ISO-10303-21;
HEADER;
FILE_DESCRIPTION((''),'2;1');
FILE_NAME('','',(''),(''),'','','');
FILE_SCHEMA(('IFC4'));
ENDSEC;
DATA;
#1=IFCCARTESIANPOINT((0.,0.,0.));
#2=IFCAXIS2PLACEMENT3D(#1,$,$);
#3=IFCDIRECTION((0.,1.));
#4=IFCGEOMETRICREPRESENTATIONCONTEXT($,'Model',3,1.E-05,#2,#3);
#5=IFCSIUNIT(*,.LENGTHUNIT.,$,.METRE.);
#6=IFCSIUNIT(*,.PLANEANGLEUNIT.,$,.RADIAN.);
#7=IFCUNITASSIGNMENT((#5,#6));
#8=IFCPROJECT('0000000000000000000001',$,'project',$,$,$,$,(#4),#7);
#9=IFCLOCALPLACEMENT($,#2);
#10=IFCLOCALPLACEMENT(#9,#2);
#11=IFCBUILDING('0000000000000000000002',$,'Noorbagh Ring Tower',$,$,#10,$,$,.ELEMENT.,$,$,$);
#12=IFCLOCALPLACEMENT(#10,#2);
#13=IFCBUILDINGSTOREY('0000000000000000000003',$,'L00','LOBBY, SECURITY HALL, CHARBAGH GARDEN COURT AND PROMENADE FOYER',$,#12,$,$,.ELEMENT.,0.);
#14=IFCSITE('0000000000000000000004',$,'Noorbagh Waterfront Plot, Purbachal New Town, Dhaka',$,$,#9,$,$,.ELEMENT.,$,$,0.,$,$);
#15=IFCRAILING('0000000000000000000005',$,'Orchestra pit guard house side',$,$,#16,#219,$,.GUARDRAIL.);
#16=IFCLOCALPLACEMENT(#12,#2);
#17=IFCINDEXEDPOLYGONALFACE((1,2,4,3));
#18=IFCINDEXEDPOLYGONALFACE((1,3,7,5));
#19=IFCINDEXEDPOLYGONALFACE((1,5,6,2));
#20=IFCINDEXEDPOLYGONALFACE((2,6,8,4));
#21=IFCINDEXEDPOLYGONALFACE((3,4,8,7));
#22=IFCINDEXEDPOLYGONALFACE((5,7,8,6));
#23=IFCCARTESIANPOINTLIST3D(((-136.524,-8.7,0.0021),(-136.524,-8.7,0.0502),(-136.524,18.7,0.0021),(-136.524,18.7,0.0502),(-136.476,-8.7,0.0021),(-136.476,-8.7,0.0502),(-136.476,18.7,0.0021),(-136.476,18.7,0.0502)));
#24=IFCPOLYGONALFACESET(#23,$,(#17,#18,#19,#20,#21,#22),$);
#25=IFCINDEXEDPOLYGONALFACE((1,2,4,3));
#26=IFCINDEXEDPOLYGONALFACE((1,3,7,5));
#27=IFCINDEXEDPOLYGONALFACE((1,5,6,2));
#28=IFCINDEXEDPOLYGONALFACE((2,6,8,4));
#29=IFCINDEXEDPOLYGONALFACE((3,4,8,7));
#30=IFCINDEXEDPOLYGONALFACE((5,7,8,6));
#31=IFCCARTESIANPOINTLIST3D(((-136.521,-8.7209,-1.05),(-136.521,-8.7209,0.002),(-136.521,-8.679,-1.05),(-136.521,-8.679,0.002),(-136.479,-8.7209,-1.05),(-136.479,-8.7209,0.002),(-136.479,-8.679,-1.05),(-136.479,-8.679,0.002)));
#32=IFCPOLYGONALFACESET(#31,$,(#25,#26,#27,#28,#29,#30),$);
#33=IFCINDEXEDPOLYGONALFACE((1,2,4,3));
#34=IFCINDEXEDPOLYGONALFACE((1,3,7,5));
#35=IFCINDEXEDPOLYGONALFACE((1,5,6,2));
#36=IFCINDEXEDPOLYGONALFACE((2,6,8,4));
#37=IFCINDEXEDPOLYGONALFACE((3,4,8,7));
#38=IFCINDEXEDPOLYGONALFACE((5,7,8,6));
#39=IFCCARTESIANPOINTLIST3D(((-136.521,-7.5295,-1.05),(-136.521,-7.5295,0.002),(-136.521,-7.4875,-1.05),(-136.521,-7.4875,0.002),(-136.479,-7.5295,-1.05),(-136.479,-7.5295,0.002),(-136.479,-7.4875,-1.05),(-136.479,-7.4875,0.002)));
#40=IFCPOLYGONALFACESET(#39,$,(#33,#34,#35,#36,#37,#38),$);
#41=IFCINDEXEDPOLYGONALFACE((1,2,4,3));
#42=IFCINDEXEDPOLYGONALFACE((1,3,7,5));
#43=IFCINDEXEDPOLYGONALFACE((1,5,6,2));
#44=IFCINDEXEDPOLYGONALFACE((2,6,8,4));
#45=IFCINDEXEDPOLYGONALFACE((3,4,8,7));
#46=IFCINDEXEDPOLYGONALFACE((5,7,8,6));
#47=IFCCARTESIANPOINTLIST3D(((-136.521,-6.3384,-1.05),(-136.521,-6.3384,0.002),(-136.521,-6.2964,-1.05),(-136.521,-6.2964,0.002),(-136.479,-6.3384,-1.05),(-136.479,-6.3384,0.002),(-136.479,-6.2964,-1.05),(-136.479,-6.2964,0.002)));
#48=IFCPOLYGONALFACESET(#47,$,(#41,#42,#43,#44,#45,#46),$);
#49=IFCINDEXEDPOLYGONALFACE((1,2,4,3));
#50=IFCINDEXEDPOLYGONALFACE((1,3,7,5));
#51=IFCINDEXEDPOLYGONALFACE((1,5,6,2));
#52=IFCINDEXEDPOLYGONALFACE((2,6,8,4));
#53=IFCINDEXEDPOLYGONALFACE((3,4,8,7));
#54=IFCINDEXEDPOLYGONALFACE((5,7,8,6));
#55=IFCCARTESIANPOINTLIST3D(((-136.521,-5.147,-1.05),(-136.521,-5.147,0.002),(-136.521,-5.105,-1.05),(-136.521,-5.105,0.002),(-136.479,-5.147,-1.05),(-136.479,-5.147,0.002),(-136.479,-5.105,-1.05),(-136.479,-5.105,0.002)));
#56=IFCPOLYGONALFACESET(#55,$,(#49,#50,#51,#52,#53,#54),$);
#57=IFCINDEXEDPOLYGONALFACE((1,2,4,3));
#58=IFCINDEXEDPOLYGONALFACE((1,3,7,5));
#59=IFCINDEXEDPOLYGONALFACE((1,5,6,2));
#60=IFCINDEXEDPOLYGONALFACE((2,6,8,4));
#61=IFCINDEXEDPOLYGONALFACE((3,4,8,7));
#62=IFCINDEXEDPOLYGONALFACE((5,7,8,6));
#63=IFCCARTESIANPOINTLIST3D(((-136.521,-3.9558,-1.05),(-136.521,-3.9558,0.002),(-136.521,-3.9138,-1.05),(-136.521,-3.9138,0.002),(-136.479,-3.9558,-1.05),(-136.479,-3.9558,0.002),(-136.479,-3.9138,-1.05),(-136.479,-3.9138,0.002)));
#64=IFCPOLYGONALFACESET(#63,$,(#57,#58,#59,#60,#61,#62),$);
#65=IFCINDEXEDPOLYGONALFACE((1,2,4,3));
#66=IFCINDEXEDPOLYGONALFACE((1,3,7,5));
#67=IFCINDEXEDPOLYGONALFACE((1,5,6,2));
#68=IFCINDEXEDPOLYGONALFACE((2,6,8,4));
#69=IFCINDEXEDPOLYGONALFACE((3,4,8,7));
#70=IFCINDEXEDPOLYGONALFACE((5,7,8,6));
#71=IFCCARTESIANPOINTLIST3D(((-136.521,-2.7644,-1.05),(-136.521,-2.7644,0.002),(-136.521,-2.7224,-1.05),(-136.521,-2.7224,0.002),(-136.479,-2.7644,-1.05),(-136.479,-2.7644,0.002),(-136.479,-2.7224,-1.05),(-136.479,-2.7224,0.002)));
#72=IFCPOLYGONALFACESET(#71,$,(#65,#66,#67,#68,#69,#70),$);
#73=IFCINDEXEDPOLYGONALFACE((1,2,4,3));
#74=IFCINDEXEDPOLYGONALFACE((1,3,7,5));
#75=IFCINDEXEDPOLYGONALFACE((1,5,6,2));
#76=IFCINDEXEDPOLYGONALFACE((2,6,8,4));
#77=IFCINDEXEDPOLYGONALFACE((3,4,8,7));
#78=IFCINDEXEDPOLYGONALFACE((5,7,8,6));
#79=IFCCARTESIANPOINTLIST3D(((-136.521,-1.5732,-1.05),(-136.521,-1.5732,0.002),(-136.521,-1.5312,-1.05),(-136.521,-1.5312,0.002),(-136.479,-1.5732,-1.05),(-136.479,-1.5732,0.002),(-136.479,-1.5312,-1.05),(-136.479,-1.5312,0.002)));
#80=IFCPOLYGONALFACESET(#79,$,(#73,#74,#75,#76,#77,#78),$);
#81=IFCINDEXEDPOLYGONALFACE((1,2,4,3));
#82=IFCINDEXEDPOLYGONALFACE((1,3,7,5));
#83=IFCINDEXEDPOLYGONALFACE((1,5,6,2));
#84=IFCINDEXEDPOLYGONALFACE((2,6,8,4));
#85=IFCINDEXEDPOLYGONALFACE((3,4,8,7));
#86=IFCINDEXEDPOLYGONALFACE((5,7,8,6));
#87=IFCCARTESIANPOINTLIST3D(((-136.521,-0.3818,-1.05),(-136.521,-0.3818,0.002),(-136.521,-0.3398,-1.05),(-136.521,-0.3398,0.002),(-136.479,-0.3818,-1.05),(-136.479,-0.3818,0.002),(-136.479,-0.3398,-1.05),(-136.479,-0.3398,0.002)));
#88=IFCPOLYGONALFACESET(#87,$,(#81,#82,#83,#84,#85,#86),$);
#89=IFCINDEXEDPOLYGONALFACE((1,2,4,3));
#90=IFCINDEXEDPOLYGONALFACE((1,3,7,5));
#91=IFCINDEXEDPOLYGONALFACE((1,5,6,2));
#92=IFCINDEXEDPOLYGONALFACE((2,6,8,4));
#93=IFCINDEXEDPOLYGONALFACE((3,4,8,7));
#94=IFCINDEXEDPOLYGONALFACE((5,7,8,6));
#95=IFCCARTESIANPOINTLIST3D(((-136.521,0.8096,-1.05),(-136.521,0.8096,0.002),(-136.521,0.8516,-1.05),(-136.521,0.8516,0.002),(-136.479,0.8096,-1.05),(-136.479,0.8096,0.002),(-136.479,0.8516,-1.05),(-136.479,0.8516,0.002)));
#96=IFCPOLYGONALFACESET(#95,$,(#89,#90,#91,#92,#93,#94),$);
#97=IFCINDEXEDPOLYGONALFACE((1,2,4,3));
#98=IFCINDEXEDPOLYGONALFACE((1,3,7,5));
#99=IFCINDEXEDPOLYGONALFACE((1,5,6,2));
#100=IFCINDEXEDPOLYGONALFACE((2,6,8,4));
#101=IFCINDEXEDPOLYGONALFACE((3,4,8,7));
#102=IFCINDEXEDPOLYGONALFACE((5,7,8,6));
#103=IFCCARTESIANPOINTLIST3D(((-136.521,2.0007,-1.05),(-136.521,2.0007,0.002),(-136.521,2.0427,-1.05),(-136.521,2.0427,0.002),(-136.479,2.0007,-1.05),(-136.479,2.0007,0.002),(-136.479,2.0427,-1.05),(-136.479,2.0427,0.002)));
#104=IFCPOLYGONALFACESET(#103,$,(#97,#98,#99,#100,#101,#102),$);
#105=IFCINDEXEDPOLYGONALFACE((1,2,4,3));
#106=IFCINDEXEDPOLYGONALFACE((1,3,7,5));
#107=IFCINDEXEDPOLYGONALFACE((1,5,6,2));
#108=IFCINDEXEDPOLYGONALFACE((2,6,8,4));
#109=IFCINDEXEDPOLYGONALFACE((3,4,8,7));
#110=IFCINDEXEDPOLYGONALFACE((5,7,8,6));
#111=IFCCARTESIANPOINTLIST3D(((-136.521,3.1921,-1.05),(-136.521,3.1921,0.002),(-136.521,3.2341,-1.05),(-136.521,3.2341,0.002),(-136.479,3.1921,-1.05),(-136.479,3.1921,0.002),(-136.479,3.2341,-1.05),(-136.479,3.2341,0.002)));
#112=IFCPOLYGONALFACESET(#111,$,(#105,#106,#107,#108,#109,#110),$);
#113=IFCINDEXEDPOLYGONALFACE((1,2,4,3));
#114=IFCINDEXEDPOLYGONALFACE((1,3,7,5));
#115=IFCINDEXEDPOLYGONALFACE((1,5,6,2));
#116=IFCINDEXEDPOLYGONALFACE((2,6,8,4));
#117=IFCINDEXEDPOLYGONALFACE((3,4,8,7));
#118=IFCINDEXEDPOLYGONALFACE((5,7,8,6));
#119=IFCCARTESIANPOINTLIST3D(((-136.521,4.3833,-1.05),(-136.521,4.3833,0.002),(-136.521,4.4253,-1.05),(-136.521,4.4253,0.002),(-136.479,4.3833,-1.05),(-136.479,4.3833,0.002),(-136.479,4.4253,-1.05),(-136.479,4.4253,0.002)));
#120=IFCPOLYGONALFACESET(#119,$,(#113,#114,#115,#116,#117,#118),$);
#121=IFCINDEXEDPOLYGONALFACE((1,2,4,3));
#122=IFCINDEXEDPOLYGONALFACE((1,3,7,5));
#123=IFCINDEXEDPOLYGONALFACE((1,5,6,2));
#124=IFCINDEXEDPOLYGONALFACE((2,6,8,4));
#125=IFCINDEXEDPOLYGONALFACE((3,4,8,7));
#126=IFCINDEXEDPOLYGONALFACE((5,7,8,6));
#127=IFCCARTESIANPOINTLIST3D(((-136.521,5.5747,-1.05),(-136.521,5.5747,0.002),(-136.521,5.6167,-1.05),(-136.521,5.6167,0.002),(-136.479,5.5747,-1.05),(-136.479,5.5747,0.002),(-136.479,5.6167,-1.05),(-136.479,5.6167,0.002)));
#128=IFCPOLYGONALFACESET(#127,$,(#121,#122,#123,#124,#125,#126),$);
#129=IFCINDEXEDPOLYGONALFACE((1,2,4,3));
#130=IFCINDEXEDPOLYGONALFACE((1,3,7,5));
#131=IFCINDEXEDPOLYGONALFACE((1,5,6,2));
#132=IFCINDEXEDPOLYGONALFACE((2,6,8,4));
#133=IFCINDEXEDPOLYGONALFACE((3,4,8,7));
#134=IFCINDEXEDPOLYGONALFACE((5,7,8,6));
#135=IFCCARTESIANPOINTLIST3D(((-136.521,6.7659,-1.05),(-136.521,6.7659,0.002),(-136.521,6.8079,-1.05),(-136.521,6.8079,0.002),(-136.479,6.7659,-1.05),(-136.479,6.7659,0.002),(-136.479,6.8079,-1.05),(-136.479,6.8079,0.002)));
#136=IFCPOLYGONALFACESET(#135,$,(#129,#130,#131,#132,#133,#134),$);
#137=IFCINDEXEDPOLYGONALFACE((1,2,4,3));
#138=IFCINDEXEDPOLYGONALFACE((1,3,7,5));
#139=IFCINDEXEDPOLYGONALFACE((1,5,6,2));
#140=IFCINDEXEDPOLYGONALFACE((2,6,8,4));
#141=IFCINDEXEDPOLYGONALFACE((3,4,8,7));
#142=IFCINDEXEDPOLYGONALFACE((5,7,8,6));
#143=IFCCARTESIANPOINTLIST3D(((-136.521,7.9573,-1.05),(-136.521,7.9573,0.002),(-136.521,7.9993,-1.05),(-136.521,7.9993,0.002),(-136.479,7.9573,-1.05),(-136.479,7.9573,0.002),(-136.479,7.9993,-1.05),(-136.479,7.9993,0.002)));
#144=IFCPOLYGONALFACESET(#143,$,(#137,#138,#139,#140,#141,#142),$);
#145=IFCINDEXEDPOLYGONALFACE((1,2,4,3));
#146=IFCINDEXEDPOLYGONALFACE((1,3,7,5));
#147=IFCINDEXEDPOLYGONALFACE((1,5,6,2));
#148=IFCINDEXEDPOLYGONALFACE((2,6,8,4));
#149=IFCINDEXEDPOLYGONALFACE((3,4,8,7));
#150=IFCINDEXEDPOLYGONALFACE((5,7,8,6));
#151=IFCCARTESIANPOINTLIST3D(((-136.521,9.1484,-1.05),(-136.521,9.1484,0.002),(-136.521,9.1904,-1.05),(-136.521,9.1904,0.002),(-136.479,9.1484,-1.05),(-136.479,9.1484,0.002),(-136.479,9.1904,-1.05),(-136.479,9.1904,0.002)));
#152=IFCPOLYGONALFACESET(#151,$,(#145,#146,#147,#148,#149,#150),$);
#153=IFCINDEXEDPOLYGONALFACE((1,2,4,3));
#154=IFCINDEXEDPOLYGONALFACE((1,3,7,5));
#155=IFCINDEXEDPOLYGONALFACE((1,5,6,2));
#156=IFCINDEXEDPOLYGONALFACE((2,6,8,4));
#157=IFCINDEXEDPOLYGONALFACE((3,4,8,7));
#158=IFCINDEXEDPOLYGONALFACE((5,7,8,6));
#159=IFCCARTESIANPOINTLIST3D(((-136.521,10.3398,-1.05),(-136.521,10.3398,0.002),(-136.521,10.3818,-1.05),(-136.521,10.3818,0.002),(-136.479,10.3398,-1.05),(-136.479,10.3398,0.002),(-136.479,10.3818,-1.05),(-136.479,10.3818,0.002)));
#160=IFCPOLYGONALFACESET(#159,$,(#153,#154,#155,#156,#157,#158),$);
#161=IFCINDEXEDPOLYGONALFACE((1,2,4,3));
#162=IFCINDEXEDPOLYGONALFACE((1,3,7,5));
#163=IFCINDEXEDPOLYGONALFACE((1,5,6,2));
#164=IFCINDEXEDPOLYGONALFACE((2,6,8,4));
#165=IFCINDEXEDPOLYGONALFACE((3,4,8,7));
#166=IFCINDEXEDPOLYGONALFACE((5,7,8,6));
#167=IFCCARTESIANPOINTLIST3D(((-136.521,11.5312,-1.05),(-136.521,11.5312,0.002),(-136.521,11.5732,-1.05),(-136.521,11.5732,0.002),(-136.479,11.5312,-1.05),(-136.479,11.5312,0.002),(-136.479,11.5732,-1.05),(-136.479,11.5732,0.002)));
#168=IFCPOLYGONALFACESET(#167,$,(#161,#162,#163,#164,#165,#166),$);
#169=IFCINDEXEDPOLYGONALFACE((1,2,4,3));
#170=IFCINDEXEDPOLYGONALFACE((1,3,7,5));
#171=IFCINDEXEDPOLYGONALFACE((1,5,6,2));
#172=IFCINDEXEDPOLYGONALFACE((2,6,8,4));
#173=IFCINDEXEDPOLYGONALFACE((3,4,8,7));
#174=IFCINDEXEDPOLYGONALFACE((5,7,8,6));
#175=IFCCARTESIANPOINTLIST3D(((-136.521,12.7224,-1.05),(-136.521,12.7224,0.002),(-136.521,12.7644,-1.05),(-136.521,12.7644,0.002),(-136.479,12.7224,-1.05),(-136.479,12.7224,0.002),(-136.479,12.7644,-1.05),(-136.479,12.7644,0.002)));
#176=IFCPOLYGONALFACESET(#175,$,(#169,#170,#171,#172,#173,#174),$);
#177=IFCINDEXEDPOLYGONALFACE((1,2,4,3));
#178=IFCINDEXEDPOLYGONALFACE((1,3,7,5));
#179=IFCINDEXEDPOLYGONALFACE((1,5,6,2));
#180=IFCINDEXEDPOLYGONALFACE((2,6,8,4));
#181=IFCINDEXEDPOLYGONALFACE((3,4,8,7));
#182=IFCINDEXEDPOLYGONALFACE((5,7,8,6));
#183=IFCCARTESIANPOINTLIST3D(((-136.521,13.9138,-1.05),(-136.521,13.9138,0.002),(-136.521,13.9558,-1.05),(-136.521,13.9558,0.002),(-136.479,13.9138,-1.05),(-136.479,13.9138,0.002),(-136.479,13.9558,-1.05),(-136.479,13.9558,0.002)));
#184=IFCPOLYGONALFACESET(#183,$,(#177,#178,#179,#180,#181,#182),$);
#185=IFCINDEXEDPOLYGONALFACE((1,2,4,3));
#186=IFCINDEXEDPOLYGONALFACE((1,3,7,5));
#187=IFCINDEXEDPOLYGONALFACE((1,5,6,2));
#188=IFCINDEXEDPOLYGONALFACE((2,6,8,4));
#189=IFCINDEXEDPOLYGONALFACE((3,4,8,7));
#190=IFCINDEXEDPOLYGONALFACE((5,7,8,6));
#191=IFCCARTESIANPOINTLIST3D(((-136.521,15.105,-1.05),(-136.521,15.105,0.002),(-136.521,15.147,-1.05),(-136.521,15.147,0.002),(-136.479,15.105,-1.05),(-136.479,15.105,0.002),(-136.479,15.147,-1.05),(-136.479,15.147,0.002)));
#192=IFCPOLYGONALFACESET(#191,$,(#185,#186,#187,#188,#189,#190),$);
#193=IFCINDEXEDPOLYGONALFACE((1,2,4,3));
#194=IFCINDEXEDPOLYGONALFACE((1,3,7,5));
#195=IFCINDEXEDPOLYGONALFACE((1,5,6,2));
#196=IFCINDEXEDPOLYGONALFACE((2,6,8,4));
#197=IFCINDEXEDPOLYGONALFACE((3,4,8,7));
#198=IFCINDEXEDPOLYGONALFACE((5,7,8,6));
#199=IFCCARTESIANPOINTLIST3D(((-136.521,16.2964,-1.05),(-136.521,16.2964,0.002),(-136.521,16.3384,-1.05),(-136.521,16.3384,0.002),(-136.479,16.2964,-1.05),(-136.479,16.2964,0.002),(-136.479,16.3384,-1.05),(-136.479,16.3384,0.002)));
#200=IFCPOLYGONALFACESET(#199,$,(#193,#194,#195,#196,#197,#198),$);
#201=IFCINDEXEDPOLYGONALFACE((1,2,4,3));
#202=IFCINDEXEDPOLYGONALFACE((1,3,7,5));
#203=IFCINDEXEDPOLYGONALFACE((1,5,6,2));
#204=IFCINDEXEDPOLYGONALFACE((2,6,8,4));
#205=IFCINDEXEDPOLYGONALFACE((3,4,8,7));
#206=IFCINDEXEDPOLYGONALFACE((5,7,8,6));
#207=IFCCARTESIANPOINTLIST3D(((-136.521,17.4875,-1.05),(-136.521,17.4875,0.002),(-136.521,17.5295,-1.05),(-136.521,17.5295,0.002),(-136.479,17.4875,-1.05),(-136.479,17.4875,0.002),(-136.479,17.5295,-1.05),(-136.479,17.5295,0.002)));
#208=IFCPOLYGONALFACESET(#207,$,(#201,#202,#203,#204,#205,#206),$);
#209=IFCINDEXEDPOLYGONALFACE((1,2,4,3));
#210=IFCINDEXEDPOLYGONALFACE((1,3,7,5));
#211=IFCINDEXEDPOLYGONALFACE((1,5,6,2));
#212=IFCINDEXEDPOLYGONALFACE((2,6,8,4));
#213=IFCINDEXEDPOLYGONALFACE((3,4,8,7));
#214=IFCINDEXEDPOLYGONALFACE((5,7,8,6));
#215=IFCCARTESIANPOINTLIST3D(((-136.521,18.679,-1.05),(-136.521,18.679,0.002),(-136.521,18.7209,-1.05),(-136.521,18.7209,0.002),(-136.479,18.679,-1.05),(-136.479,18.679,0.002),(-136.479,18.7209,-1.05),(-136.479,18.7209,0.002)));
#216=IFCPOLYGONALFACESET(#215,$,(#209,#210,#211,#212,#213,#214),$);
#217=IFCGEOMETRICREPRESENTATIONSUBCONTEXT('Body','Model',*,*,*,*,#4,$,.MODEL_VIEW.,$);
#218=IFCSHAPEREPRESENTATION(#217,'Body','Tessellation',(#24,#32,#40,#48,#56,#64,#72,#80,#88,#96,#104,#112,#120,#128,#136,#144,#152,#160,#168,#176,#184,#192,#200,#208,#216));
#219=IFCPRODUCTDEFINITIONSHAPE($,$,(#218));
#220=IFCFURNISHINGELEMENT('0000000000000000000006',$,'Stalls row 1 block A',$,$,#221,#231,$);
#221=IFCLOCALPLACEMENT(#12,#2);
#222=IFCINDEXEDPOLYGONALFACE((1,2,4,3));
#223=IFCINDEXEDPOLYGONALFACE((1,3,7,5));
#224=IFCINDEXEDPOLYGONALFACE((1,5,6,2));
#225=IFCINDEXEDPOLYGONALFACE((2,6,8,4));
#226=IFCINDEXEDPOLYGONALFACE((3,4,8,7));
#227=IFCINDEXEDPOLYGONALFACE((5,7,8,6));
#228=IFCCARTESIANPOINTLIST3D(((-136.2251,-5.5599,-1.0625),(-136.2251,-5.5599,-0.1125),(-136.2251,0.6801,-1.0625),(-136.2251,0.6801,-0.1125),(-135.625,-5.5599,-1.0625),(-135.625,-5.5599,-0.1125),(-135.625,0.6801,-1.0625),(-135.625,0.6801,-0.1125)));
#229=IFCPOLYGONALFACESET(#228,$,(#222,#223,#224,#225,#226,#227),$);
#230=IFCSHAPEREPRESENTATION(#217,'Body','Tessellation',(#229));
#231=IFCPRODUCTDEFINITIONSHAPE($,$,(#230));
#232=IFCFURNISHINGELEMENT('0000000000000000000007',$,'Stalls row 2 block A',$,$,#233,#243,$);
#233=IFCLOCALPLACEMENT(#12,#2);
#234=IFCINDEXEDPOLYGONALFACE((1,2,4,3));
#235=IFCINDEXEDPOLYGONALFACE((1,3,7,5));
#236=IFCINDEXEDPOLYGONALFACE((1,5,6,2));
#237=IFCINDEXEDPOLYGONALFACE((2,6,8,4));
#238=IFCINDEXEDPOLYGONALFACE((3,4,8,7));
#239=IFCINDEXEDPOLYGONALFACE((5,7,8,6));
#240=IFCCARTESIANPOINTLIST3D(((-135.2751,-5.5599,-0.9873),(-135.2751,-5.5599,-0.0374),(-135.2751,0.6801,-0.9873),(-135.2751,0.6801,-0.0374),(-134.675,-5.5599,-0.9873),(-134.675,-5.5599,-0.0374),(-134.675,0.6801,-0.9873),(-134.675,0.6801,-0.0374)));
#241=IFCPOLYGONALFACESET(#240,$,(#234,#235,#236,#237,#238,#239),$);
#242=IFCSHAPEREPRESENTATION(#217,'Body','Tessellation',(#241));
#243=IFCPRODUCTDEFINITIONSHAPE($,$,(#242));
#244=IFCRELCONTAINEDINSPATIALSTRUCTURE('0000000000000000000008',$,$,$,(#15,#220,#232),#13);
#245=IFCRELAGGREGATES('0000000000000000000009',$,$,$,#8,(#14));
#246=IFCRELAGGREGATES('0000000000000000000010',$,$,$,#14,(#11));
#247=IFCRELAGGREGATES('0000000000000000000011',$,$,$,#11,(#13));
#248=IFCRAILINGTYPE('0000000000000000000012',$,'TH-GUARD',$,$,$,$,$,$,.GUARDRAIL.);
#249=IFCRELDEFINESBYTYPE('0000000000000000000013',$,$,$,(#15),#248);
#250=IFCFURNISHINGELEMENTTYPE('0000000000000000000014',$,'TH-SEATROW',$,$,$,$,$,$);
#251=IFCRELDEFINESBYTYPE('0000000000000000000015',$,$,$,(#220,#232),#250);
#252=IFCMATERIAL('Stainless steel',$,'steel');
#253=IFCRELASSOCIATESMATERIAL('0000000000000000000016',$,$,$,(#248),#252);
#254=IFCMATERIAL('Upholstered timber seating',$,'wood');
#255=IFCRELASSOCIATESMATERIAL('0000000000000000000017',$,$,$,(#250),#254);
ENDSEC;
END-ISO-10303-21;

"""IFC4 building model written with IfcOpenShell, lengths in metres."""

from ifc_helpers import new_model, si_unit, direction, frame, origin, origin_2d, place, context, subcontext, project, spatial, rectangle, extrude, material, type_object, element, save


model = new_model("IFC4")

# Units and contexts
model_context = context("Model", 3, precision=1e-05, world=origin(), true_north=direction((0.0, 1.0)))
body_context = subcontext(model_context, "Body", "Model", "MODEL_VIEW")
ifc_project = project(units=[si_unit("LENGTHUNIT", "METRE"), si_unit("PLANEANGLEUNIT", "RADIAN")], contexts=[model_context])

# Site, building, storey
site_placement = place(None, origin())
site = spatial("IfcSite", under=ifc_project, at=site_placement, Name="Noorbagh Waterfront Plot, Purbachal New Town, Dhaka", CompositionType="ELEMENT", RefElevation=0.0)
building_placement = place(site_placement, origin())
building = spatial("IfcBuilding", under=site, at=building_placement, Name="Noorbagh Ring Tower", CompositionType="ELEMENT")
storey_placement = place(building_placement, origin())
storey = spatial("IfcBuildingStorey", under=building, at=storey_placement, Name="L00", Description="LOBBY, SECURITY HALL, CHARBAGH GARDEN COURT AND PROMENADE FOYER", CompositionType="ELEMENT", Elevation=0.0)

# Railing
ifc_material_1 = material(Name="Stainless steel", Category="steel")
railing_type = type_object("IfcRailingType", Name="TH-GUARD", PredefinedType="GUARDRAIL", material=ifc_material_1)
railing_1_placement = place(storey_placement, frame((-136.5, -8.7, -1.05)))
element("IfcRailing", 1, at=railing_1_placement, inside=storey, type_object=railing_type, Name="Orchestra pit guard house side", PredefinedType="GUARDRAIL", context=body_context, shape_type="SweptSolid", body=[
    extrude(rectangle(XDim=0.0481, YDim=0.0481, at=origin_2d()), frame((0.0, 0.0, 1.0762), z_axis=(0.0, 1.0, 0.0), x_axis=(-1.0, 0.0, 0.0)), (0.0, 0.0, 1.0), 27.3999),
    extrude(rectangle(XDim=0.042, YDim=0.042, at=origin_2d()), origin(), (0.0, 0.0, 1.0), 1.052),
    extrude(rectangle(XDim=0.042, YDim=0.042, at=origin_2d()), frame((0.0, 1.1914, 0.0)), (0.0, 0.0, 1.0), 1.052),
    extrude(rectangle(XDim=0.042, YDim=0.042, at=origin_2d()), frame((0.0, 2.3826, 0.0)), (0.0, 0.0, 1.0), 1.052),
    extrude(rectangle(XDim=0.042, YDim=0.042, at=origin_2d()), frame((0.0, 3.574, 0.0)), (0.0, 0.0, 1.0), 1.052),
    extrude(rectangle(XDim=0.042, YDim=0.042, at=origin_2d()), frame((0.0, 4.7651, 0.0)), (0.0, 0.0, 1.0), 1.052),
    extrude(rectangle(XDim=0.042, YDim=0.042, at=origin_2d()), frame((0.0, 5.9565, 0.0)), (0.0, 0.0, 1.0), 1.052),
    extrude(rectangle(XDim=0.042, YDim=0.042, at=origin_2d()), frame((0.0, 7.1477, 0.0)), (0.0, 0.0, 1.0), 1.052),
    extrude(rectangle(XDim=0.042, YDim=0.042, at=origin_2d()), frame((0.0, 8.3391, 0.0)), (0.0, 0.0, 1.0), 1.052),
    extrude(rectangle(XDim=0.042, YDim=0.042, at=origin_2d()), frame((0.0, 9.5305, 0.0)), (0.0, 0.0, 1.0), 1.052),
    extrude(rectangle(XDim=0.042, YDim=0.042, at=origin_2d()), frame((0.0, 10.7217, 0.0)), (0.0, 0.0, 1.0), 1.052),
    extrude(rectangle(XDim=0.042, YDim=0.042, at=origin_2d()), frame((0.0, 11.9131, 0.0)), (0.0, 0.0, 1.0), 1.052),
    extrude(rectangle(XDim=0.042, YDim=0.042, at=origin_2d()), frame((0.0, 13.1042, 0.0)), (0.0, 0.0, 1.0), 1.052),
    extrude(rectangle(XDim=0.042, YDim=0.042, at=origin_2d()), frame((0.0, 14.2957, 0.0)), (0.0, 0.0, 1.0), 1.052),
    extrude(rectangle(XDim=0.042, YDim=0.042, at=origin_2d()), frame((0.0, 15.4868, 0.0)), (0.0, 0.0, 1.0), 1.052),
    extrude(rectangle(XDim=0.042, YDim=0.042, at=origin_2d()), frame((0.0, 16.6782, 0.0)), (0.0, 0.0, 1.0), 1.052),
    extrude(rectangle(XDim=0.042, YDim=0.042, at=origin_2d()), frame((0.0, 17.8694, 0.0)), (0.0, 0.0, 1.0), 1.052),
    extrude(rectangle(XDim=0.042, YDim=0.042, at=origin_2d()), frame((0.0, 19.0608, 0.0)), (0.0, 0.0, 1.0), 1.052),
    extrude(rectangle(XDim=0.042, YDim=0.042, at=origin_2d()), frame((0.0, 20.2522, 0.0)), (0.0, 0.0, 1.0), 1.052),
    extrude(rectangle(XDim=0.042, YDim=0.042, at=origin_2d()), frame((0.0, 21.4434, 0.0)), (0.0, 0.0, 1.0), 1.052),
    extrude(rectangle(XDim=0.042, YDim=0.042, at=origin_2d()), frame((0.0, 22.6348, 0.0)), (0.0, 0.0, 1.0), 1.052),
    extrude(rectangle(XDim=0.042, YDim=0.042, at=origin_2d()), frame((0.0, 23.8259, 0.0)), (0.0, 0.0, 1.0), 1.052),
    extrude(rectangle(XDim=0.042, YDim=0.042, at=origin_2d()), frame((0.0, 25.0173, 0.0)), (0.0, 0.0, 1.0), 1.052),
    extrude(rectangle(XDim=0.042, YDim=0.042, at=origin_2d()), frame((0.0, 26.2085, 0.0)), (0.0, 0.0, 1.0), 1.052),
    extrude(rectangle(XDim=0.042, YDim=0.042, at=origin_2d()), frame((0.0, 27.3999, 0.0)), (0.0, 0.0, 1.0), 1.052),
])

# Furnishing elements
ifc_material_2 = material(Name="Upholstered timber seating", Category="wood")
furnishing_element_type = type_object("IfcFurnishingElementType", Name="TH-SEATROW", material=ifc_material_2)
for number, where, z_axis, x_axis, name in (
    (2, (-135.925, -2.4399, -1.0625), (0.0, 0.0, 1.0), (1.0, 0.0, 0.0), "Stalls row 1 block A"),
    (3, (-134.9751, -2.4399, -0.9873), (0.0, 0.0, 1.0), (1.0, 0.0, 0.0), "Stalls row 2 block A"),
):
    element("IfcFurnishingElement", number, at=place(storey_placement, frame(where, z_axis=z_axis, x_axis=x_axis)), inside=storey, type_object=furnishing_element_type, Name=name, context=body_context, shape_type="SweptSolid", body=[
        extrude(rectangle(XDim=0.6001, YDim=6.24, at=origin_2d()), origin(), (0.0, 0.0, 1.0), 0.95),
    ])

save(model, "model.ifc")
